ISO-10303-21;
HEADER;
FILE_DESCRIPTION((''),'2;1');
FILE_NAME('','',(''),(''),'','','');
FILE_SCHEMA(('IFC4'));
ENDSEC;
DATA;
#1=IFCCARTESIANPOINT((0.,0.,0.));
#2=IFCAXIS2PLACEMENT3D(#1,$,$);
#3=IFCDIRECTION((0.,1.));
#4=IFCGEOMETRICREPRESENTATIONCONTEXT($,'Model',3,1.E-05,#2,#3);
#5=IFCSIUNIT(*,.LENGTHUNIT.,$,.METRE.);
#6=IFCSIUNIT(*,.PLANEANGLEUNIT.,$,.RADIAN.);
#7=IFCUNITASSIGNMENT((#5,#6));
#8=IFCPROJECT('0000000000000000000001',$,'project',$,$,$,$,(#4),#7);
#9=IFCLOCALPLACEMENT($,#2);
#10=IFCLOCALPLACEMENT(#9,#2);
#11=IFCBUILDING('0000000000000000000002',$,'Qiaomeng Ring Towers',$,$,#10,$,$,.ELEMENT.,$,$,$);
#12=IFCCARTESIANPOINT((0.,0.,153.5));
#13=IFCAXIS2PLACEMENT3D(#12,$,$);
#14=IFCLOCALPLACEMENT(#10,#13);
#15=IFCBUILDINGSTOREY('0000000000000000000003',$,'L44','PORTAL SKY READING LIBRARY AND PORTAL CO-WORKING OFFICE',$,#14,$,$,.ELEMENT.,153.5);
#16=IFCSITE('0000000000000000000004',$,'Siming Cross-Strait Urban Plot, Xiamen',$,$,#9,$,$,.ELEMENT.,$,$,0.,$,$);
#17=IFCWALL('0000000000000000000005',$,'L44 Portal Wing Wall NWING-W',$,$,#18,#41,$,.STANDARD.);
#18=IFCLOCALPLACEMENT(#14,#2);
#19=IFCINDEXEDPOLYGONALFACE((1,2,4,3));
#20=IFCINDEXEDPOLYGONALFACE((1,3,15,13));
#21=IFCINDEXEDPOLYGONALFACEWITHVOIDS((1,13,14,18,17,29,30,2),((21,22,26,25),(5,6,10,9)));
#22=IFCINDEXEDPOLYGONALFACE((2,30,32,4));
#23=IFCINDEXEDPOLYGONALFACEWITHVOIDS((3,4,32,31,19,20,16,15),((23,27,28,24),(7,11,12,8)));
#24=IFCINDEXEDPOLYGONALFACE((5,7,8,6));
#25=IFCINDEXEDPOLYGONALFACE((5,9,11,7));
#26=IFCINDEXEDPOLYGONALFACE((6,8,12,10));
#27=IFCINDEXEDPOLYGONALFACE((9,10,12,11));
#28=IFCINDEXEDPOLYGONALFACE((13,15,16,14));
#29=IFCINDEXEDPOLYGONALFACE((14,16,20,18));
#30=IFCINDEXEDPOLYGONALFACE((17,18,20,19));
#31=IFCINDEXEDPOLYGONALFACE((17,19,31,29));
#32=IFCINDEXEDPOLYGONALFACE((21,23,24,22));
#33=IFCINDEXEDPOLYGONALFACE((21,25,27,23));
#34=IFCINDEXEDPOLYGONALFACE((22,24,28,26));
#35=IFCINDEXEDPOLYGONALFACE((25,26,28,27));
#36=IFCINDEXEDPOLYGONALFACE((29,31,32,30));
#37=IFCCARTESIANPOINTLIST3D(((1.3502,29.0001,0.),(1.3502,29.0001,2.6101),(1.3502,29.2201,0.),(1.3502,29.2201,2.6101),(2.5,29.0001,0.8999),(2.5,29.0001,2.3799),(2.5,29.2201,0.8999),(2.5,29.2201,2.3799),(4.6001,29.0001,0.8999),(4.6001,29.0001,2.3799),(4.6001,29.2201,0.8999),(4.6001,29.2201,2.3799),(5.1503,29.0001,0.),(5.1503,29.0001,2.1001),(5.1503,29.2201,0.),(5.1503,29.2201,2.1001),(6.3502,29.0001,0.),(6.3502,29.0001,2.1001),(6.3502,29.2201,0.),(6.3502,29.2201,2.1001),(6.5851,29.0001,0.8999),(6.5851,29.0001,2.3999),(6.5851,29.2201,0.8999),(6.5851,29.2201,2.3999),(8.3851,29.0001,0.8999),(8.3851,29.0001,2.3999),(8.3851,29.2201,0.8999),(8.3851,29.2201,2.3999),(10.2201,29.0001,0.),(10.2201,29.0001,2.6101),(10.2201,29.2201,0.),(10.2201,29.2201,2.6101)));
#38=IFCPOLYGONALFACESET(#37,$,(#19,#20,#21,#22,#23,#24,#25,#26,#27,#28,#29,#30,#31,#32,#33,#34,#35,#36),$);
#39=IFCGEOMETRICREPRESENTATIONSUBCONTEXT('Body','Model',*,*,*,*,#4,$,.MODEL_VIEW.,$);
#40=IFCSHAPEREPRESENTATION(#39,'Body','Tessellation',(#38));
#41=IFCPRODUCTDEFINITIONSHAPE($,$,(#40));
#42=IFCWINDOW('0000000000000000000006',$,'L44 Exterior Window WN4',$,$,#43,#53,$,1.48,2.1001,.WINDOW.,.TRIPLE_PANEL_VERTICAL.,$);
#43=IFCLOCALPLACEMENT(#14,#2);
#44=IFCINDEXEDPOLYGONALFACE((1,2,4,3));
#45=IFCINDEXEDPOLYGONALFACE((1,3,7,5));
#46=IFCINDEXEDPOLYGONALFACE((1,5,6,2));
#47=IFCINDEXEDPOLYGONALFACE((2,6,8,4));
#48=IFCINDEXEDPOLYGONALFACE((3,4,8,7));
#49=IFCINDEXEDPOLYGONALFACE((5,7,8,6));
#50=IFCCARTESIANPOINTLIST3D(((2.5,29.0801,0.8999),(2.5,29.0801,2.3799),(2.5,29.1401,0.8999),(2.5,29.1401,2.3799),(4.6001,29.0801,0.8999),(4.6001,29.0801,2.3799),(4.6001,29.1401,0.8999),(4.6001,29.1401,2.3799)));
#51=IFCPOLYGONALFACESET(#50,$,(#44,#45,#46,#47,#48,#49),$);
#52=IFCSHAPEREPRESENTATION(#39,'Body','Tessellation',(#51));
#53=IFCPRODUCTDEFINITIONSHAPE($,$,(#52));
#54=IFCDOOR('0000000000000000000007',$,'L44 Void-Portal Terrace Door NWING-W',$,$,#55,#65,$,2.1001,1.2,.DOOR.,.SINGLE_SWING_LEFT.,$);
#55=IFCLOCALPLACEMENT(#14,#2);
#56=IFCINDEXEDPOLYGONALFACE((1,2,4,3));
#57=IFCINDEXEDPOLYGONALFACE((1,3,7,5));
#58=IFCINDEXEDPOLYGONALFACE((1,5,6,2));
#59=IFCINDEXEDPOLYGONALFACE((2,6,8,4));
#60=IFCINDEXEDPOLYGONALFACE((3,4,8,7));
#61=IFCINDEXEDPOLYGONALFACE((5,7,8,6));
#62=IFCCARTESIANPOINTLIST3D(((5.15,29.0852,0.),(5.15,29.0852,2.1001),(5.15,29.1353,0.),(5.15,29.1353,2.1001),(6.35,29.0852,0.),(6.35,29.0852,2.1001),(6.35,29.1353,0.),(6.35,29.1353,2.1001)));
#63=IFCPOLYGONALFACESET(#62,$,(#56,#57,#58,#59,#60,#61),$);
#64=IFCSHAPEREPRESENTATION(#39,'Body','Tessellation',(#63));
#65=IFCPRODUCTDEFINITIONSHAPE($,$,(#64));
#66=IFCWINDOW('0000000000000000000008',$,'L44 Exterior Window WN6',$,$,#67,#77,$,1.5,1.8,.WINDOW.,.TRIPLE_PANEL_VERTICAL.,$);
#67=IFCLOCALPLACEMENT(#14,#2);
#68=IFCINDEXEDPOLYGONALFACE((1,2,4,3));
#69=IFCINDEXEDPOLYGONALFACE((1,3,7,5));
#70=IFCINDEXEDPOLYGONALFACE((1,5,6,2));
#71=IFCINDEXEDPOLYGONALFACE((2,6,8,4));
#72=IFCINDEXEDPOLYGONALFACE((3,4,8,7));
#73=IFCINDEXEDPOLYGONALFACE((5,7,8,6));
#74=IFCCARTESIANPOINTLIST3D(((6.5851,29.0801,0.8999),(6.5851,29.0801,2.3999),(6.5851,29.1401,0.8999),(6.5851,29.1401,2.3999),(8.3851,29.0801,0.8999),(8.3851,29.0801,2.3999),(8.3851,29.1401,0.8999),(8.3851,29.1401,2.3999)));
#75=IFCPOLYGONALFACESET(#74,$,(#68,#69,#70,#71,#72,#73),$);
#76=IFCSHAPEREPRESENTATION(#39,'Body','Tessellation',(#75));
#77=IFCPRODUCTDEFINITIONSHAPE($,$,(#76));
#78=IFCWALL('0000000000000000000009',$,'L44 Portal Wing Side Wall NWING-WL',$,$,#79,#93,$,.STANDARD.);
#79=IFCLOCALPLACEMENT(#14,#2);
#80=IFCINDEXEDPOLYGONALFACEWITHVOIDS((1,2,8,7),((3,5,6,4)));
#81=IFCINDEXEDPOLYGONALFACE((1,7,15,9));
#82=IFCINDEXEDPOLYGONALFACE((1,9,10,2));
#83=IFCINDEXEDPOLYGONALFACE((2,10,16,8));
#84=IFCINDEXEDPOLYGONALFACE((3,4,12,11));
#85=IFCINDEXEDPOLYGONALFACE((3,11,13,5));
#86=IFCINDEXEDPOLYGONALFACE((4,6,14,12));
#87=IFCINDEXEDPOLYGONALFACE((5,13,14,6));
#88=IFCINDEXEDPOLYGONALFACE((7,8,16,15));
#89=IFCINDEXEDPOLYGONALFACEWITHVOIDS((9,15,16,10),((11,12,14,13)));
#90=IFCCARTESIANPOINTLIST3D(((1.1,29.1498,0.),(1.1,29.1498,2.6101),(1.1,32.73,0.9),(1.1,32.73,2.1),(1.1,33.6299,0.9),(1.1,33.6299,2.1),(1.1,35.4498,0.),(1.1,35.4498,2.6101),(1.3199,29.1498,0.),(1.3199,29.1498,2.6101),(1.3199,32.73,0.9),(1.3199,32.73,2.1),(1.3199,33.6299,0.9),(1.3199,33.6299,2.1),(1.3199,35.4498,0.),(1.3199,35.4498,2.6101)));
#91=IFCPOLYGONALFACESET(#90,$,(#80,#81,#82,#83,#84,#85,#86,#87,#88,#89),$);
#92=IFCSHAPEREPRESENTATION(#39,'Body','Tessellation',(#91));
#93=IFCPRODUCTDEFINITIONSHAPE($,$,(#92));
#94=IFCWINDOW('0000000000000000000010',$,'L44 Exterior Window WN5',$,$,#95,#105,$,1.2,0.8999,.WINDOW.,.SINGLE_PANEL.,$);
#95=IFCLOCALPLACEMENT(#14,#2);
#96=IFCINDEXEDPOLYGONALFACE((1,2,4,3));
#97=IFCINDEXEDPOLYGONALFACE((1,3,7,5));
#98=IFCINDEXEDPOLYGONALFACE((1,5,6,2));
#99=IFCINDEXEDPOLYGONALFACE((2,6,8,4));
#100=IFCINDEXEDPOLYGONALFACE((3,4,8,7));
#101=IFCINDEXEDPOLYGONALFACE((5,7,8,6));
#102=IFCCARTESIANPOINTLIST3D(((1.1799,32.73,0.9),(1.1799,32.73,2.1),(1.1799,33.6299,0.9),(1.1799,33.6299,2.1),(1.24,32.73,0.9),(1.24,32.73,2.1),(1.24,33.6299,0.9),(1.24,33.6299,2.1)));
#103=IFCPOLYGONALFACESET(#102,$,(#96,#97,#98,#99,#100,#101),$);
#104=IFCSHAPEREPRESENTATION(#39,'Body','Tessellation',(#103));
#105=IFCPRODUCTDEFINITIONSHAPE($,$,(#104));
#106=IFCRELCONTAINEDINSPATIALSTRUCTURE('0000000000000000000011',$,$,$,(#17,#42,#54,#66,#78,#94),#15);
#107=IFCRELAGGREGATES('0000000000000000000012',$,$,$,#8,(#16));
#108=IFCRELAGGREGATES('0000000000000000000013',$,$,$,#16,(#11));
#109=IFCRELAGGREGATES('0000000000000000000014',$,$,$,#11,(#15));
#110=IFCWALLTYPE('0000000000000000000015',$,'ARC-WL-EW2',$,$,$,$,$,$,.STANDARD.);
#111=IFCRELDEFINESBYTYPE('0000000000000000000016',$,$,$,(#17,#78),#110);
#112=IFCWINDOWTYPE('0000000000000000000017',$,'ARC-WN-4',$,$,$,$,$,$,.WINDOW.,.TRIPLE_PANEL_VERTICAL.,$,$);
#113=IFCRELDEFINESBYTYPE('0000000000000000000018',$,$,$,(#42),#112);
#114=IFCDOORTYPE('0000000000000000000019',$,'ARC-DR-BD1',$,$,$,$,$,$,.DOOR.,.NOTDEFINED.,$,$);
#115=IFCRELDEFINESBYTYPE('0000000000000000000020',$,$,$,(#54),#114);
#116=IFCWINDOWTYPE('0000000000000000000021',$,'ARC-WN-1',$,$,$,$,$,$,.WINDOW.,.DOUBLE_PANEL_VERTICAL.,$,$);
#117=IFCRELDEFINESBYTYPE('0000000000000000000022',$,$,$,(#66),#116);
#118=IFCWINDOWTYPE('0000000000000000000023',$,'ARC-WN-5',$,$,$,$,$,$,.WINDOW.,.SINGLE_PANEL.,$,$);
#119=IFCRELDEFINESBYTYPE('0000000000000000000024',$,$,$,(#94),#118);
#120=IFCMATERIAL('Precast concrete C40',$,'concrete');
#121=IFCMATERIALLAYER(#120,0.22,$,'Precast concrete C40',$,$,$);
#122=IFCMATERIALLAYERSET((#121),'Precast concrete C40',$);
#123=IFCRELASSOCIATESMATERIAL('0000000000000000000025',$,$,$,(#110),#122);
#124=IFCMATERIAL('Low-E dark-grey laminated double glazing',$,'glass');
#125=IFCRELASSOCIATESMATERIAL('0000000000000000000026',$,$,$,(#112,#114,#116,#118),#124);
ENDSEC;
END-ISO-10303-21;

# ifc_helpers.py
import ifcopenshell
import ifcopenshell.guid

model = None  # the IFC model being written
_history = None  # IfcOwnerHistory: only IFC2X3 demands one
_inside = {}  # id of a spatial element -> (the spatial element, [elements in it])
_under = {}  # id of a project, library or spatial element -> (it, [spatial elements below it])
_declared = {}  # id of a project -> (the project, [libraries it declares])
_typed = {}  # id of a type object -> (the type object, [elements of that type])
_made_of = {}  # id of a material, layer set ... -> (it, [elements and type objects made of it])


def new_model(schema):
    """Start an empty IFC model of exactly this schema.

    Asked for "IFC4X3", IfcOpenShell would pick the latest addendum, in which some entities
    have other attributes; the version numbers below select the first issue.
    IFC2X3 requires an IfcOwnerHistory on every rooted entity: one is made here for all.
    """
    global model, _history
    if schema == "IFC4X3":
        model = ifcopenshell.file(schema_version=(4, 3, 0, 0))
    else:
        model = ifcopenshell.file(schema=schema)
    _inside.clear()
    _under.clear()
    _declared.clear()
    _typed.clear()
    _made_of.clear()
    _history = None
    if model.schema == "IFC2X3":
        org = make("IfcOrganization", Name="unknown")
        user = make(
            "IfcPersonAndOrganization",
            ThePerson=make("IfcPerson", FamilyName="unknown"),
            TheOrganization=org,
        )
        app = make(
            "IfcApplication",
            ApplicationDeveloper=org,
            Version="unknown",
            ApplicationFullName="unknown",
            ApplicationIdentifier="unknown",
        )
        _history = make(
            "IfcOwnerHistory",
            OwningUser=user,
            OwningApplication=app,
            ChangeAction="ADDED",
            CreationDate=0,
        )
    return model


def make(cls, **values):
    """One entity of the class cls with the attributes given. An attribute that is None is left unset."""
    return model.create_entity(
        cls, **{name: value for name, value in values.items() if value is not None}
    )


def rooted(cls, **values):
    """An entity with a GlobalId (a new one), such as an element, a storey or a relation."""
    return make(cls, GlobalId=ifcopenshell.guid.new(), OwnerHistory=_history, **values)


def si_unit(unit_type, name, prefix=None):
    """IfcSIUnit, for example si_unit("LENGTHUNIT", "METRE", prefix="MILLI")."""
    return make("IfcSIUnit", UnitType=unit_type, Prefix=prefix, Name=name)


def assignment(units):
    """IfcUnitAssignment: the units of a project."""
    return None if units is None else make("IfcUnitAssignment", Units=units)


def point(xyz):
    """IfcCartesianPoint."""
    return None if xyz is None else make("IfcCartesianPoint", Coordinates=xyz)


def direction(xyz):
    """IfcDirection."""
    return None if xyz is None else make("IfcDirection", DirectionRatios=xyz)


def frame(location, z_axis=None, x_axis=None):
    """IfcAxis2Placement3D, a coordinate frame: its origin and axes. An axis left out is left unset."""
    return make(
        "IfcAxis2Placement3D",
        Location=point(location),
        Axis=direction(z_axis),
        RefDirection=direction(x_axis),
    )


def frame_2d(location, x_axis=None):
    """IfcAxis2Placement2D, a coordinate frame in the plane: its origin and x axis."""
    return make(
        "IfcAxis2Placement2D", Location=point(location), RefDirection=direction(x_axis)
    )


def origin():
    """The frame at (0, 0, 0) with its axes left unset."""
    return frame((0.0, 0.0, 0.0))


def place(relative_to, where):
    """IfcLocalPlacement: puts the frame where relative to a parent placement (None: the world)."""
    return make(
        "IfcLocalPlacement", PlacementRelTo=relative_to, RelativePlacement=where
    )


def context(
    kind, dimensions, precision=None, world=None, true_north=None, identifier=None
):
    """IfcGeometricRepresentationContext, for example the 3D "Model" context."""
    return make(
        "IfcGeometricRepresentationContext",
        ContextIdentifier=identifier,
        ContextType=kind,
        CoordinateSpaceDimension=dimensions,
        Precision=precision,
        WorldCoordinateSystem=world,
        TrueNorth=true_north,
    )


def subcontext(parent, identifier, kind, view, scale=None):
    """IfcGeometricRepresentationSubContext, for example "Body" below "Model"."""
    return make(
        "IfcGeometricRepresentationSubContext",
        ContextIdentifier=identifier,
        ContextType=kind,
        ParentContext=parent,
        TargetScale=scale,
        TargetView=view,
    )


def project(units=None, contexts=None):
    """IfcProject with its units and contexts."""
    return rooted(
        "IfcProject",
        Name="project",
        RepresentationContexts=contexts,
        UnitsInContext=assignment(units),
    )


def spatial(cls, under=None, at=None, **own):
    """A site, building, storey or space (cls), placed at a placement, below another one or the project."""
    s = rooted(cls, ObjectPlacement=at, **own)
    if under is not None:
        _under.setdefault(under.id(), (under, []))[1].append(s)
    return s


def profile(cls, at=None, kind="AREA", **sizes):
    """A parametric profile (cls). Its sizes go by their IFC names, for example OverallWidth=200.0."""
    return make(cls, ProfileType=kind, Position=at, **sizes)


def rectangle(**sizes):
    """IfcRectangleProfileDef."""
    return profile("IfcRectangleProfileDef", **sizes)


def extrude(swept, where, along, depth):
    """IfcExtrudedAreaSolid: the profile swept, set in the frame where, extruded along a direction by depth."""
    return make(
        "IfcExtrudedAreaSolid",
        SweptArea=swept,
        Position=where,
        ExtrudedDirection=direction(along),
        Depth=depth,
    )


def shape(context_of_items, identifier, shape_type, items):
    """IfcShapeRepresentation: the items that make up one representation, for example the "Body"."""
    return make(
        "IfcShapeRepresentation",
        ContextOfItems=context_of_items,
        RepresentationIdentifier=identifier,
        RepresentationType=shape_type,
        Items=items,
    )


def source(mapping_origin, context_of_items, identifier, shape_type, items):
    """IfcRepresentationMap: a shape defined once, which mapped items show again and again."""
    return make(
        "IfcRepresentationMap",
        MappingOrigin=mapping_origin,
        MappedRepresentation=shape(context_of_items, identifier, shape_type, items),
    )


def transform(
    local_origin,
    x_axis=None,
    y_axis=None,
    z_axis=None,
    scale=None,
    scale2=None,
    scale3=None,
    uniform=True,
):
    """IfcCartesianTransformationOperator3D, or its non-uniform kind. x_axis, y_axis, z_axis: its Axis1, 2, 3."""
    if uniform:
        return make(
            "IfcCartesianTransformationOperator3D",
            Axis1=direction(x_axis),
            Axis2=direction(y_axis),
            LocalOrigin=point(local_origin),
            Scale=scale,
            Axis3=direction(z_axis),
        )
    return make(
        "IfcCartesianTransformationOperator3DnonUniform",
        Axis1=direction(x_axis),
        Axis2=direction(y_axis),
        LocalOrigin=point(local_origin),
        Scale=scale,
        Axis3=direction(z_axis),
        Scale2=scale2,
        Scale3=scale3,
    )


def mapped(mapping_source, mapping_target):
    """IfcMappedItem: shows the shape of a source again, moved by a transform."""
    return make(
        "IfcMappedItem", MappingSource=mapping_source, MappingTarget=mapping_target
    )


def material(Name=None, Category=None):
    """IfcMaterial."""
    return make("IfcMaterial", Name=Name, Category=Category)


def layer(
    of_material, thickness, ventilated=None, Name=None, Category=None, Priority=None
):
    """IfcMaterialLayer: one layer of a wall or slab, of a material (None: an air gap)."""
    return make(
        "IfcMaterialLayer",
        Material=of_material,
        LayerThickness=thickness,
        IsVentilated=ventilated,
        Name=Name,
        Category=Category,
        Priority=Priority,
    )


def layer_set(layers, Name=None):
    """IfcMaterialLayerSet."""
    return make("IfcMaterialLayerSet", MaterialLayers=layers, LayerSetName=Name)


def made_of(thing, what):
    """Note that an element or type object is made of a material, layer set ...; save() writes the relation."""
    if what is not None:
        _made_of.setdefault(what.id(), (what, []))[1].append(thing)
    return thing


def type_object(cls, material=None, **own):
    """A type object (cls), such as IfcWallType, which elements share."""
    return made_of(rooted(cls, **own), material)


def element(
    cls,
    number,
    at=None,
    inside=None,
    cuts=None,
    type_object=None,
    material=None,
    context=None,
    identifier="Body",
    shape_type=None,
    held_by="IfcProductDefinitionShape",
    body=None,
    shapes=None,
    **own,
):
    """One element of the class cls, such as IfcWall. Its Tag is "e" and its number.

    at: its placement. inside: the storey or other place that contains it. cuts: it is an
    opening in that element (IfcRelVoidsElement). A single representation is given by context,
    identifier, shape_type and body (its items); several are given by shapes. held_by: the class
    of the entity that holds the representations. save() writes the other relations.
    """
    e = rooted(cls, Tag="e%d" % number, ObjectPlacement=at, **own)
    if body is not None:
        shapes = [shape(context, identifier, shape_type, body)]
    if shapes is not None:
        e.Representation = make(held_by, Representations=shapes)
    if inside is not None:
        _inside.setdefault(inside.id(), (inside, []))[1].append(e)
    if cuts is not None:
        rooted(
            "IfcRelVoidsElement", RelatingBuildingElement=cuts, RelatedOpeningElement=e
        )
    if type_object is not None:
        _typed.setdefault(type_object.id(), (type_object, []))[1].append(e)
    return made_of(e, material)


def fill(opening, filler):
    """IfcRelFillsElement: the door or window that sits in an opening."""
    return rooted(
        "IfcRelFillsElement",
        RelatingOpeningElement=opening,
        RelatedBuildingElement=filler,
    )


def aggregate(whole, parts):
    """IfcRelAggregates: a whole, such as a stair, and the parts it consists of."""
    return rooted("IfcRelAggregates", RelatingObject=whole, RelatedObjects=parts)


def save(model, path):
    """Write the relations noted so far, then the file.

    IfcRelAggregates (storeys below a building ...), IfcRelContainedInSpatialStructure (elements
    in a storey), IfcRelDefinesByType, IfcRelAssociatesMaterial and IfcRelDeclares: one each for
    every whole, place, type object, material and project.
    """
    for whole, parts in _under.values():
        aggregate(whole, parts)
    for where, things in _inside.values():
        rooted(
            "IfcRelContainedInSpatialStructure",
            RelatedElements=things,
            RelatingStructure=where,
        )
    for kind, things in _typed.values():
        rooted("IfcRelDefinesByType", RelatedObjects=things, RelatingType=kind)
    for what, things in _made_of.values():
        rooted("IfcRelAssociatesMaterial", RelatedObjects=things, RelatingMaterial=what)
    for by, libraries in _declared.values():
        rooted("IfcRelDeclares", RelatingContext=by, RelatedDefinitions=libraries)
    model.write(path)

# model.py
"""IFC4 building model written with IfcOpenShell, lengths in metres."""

from ifc_helpers import new_model, si_unit, direction, frame, frame_2d, origin, place, context, subcontext, project, spatial, rectangle, extrude, source, transform, mapped, material, layer, layer_set, type_object, element, fill, save


model = new_model("IFC4")

# Units and contexts
model_context = context("Model", 3, precision=1e-05, world=origin(), true_north=direction((0.0, 1.0)))
body_context = subcontext(model_context, "Body", "Model", "MODEL_VIEW")
ifc_project = project(units=[si_unit("LENGTHUNIT", "METRE"), si_unit("PLANEANGLEUNIT", "RADIAN")], contexts=[model_context])

# Site, building, storey
site_placement = place(None, origin())
site = spatial("IfcSite", under=ifc_project, at=site_placement, Name="Siming Cross-Strait Urban Plot, Xiamen", CompositionType="ELEMENT", RefElevation=0.0)
building_placement = place(site_placement, origin())
building = spatial("IfcBuilding", under=site, at=building_placement, Name="Qiaomeng Ring Towers", CompositionType="ELEMENT")
storey_placement = place(building_placement, frame((0.0, 0.0, 153.5)))
storey = spatial("IfcBuildingStorey", under=building, at=storey_placement, Name="L44", Description="PORTAL SKY READING LIBRARY AND PORTAL CO-WORKING OFFICE", CompositionType="ELEMENT", Elevation=153.5)

# Wall, openings, windows, door
ifc_material_1 = material(Name="Precast concrete C40", Category="concrete")
ifc_layer_1 = layer(ifc_material_1, 0.22, Name="Precast concrete C40")
ifc_layer_set_1 = layer_set([ifc_layer_1], Name="Precast concrete C40")
wall_type_1 = type_object("IfcWallType", Name="ARC-WL-EW2", PredefinedType="STANDARD", material=ifc_layer_set_1)
wall_1_placement = place(storey_placement, frame((1.3501, 29.1101, 0.0), z_axis=(0.0, 0.0, 1.0), x_axis=(1.0, 0.0, 0.0)))
wall_1 = element("IfcWall", 1, at=wall_1_placement, inside=storey, type_object=wall_type_1, Name="L44 Portal Wing Wall NWING-W", PredefinedType="STANDARD", context=body_context, shape_type="SweptSolid", body=[
    extrude(rectangle(XDim=8.8699, YDim=0.22, at=frame_2d((4.4351, 0.0))), origin(), (0.0, 0.0, 1.0), 2.6101),
])
opening_1_placement = place(wall_1_placement, frame((3.8, 0.0, 0.0)))
opening_1 = element("IfcOpeningElement", 2, at=opening_1_placement, cuts=wall_1, PredefinedType="OPENING", context=body_context, shape_type="SweptSolid", body=[
    extrude(rectangle(XDim=1.2, YDim=2.1001, at=frame_2d((0.6001, 1.05))), frame((0.0, 0.1199, 0.0), z_axis=(0.0, -1.0, 0.0), x_axis=(1.0, 0.0, 0.0)), (0.0, 0.0, 1.0), 0.24),
])
opening_2_placement = place(wall_1_placement, frame((1.1499, 0.0, 0.8999)))
opening_2 = element("IfcOpeningElement", 3, at=opening_2_placement, cuts=wall_1, PredefinedType="OPENING", context=body_context, shape_type="SweptSolid", body=[
    extrude(rectangle(XDim=2.1001, YDim=1.48, at=frame_2d((1.05, 0.74))), frame((0.0, 0.1199, 0.0), z_axis=(0.0, -1.0, 0.0), x_axis=(1.0, 0.0, 0.0)), (0.0, 0.0, 1.0), 0.24),
])
opening_3_placement = place(wall_1_placement, frame((5.2351, 0.0, 0.8999)))
opening_3 = element("IfcOpeningElement", 4, at=opening_3_placement, cuts=wall_1, PredefinedType="OPENING", context=body_context, shape_type="SweptSolid", body=[
    extrude(rectangle(XDim=1.8, YDim=1.5, at=frame_2d((0.8999, 0.75))), frame((0.0, 0.1199, 0.0), z_axis=(0.0, -1.0, 0.0), x_axis=(1.0, 0.0, 0.0)), (0.0, 0.0, 1.0), 0.24),
])
ifc_material_2 = material(Name="Low-E dark-grey laminated double glazing", Category="glass")
window_type_1 = type_object("IfcWindowType", Name="ARC-WN-4", PartitioningType="TRIPLE_PANEL_VERTICAL", PredefinedType="WINDOW", material=ifc_material_2)
shared_shape_1 = source(origin(), body_context, "Body", "SweptSolid", [
    extrude(rectangle(XDim=2.1001, YDim=1.48, at=frame_2d((1.05, 0.74))), frame((0.0, 0.03, 0.0), z_axis=(0.0, -1.0, 0.0), x_axis=(1.0, 0.0, 0.0)), (0.0, 0.0, 1.0), 0.0601),
])
window_1_placement = place(opening_2_placement, origin())
window_1 = element("IfcWindow", 5, at=window_1_placement, inside=storey, type_object=window_type_1, Name="L44 Exterior Window WN4", OverallHeight=1.48, OverallWidth=2.1001, PartitioningType="TRIPLE_PANEL_VERTICAL", PredefinedType="WINDOW", context=body_context, shape_type="MappedRepresentation", body=[
    mapped(shared_shape_1, transform((0.0, 0.0, 0.0), x_axis=(1.0, 0.0, 0.0), y_axis=(0.0, 1.0, 0.0), z_axis=(0.0, 0.0, 1.0), scale=1.0)),
])
fill(opening_2, window_1)
door_type_1 = type_object("IfcDoorType", Name="ARC-DR-BD1", OperationType="NOTDEFINED", PredefinedType="DOOR", material=ifc_material_2)
shared_shape_2 = source(origin(), body_context, "Body", "SweptSolid", [
    extrude(rectangle(XDim=1.2, YDim=2.1001, at=frame_2d((0.6001, 1.05))), frame((0.0, 0.0249, 0.0), z_axis=(0.0, -1.0, 0.0), x_axis=(1.0, 0.0, 0.0)), (0.0, 0.0, 1.0), 0.05),
])
door_1_placement = place(opening_1_placement, frame((1.2, 0.0, 0.0), z_axis=(0.0, 0.0, 1.0), x_axis=(-1.0, 0.0, 0.0)))
door_1 = element("IfcDoor", 6, at=door_1_placement, inside=storey, type_object=door_type_1, Name="L44 Void-Portal Terrace Door NWING-W", OperationType="SINGLE_SWING_LEFT", OverallHeight=2.1001, OverallWidth=1.2, PredefinedType="DOOR", context=body_context, shape_type="MappedRepresentation", body=[
    mapped(shared_shape_2, transform((0.0, 0.0, 0.0), x_axis=(1.0, 0.0, 0.0), y_axis=(0.0, 1.0, 0.0), z_axis=(0.0, 0.0, 1.0), scale=1.0)),
])
fill(opening_1, door_1)
window_type_2 = type_object("IfcWindowType", Name="ARC-WN-1", PartitioningType="DOUBLE_PANEL_VERTICAL", PredefinedType="WINDOW", material=ifc_material_2)
shared_shape_3 = source(origin(), body_context, "Body", "SweptSolid", [
    extrude(rectangle(XDim=1.8, YDim=1.5, at=frame_2d((0.8999, 0.75))), frame((0.0, 0.03, 0.0), z_axis=(0.0, -1.0, 0.0), x_axis=(1.0, 0.0, 0.0)), (0.0, 0.0, 1.0), 0.0601),
])
window_2_placement = place(opening_3_placement, origin())
window_2 = element("IfcWindow", 7, at=window_2_placement, inside=storey, type_object=window_type_2, Name="L44 Exterior Window WN6", OverallHeight=1.5, OverallWidth=1.8, PartitioningType="TRIPLE_PANEL_VERTICAL", PredefinedType="WINDOW", context=body_context, shape_type="MappedRepresentation", body=[
    mapped(shared_shape_3, transform((0.0, 0.0, 0.0), x_axis=(1.0, 0.0, 0.0), y_axis=(0.0, 1.0, 0.0), z_axis=(0.0, 0.0, 1.0), scale=1.0)),
])
fill(opening_3, window_2)

# Wall, opening, window
wall_2_placement = place(storey_placement, frame((1.21, 29.1499, 0.0), z_axis=(0.0, 0.0, 1.0), x_axis=(0.0, 1.0, 0.0)))
wall_2 = element("IfcWall", 8, at=wall_2_placement, inside=storey, type_object=wall_type_1, Name="L44 Portal Wing Side Wall NWING-WL", PredefinedType="STANDARD", context=body_context, shape_type="SweptSolid", body=[
    extrude(rectangle(XDim=6.3, YDim=0.22, at=frame_2d((3.1499, 0.0))), origin(), (0.0, 0.0, 1.0), 2.6101),
])
opening_4_placement = place(wall_2_placement, frame((3.5801, 0.0, 0.8999)))
opening_4 = element("IfcOpeningElement", 9, at=opening_4_placement, cuts=wall_2, PredefinedType="OPENING", context=body_context, shape_type="SweptSolid", body=[
    extrude(rectangle(XDim=0.8999, YDim=1.2, at=frame_2d((0.45, 0.6001))), frame((0.0, 0.1199, 0.0), z_axis=(0.0, -1.0, 0.0), x_axis=(1.0, 0.0, 0.0)), (0.0, 0.0, 1.0), 0.24),
])
window_type_3 = type_object("IfcWindowType", Name="ARC-WN-5", PartitioningType="SINGLE_PANEL", PredefinedType="WINDOW", material=ifc_material_2)
shared_shape_4 = source(origin(), body_context, "Body", "SweptSolid", [
    extrude(rectangle(XDim=0.8999, YDim=1.2, at=frame_2d((0.45, 0.6001))), frame((0.0, 0.03, 0.0), z_axis=(0.0, -1.0, 0.0), x_axis=(1.0, 0.0, 0.0)), (0.0, 0.0, 1.0), 0.0601),
])
window_3_placement = place(opening_4_placement, origin())
window_3 = element("IfcWindow", 10, at=window_3_placement, inside=storey, type_object=window_type_3, Name="L44 Exterior Window WN5", OverallHeight=1.2, OverallWidth=0.8999, PartitioningType="SINGLE_PANEL", PredefinedType="WINDOW", context=body_context, shape_type="MappedRepresentation", body=[
    mapped(shared_shape_4, transform((0.0, 0.0, 0.0), x_axis=(1.0, 0.0, 0.0), y_axis=(0.0, 1.0, 0.0), z_axis=(0.0, 0.0, 1.0), scale=1.0)),
])
fill(opening_4, window_3)

save(model, "model.ifc")
